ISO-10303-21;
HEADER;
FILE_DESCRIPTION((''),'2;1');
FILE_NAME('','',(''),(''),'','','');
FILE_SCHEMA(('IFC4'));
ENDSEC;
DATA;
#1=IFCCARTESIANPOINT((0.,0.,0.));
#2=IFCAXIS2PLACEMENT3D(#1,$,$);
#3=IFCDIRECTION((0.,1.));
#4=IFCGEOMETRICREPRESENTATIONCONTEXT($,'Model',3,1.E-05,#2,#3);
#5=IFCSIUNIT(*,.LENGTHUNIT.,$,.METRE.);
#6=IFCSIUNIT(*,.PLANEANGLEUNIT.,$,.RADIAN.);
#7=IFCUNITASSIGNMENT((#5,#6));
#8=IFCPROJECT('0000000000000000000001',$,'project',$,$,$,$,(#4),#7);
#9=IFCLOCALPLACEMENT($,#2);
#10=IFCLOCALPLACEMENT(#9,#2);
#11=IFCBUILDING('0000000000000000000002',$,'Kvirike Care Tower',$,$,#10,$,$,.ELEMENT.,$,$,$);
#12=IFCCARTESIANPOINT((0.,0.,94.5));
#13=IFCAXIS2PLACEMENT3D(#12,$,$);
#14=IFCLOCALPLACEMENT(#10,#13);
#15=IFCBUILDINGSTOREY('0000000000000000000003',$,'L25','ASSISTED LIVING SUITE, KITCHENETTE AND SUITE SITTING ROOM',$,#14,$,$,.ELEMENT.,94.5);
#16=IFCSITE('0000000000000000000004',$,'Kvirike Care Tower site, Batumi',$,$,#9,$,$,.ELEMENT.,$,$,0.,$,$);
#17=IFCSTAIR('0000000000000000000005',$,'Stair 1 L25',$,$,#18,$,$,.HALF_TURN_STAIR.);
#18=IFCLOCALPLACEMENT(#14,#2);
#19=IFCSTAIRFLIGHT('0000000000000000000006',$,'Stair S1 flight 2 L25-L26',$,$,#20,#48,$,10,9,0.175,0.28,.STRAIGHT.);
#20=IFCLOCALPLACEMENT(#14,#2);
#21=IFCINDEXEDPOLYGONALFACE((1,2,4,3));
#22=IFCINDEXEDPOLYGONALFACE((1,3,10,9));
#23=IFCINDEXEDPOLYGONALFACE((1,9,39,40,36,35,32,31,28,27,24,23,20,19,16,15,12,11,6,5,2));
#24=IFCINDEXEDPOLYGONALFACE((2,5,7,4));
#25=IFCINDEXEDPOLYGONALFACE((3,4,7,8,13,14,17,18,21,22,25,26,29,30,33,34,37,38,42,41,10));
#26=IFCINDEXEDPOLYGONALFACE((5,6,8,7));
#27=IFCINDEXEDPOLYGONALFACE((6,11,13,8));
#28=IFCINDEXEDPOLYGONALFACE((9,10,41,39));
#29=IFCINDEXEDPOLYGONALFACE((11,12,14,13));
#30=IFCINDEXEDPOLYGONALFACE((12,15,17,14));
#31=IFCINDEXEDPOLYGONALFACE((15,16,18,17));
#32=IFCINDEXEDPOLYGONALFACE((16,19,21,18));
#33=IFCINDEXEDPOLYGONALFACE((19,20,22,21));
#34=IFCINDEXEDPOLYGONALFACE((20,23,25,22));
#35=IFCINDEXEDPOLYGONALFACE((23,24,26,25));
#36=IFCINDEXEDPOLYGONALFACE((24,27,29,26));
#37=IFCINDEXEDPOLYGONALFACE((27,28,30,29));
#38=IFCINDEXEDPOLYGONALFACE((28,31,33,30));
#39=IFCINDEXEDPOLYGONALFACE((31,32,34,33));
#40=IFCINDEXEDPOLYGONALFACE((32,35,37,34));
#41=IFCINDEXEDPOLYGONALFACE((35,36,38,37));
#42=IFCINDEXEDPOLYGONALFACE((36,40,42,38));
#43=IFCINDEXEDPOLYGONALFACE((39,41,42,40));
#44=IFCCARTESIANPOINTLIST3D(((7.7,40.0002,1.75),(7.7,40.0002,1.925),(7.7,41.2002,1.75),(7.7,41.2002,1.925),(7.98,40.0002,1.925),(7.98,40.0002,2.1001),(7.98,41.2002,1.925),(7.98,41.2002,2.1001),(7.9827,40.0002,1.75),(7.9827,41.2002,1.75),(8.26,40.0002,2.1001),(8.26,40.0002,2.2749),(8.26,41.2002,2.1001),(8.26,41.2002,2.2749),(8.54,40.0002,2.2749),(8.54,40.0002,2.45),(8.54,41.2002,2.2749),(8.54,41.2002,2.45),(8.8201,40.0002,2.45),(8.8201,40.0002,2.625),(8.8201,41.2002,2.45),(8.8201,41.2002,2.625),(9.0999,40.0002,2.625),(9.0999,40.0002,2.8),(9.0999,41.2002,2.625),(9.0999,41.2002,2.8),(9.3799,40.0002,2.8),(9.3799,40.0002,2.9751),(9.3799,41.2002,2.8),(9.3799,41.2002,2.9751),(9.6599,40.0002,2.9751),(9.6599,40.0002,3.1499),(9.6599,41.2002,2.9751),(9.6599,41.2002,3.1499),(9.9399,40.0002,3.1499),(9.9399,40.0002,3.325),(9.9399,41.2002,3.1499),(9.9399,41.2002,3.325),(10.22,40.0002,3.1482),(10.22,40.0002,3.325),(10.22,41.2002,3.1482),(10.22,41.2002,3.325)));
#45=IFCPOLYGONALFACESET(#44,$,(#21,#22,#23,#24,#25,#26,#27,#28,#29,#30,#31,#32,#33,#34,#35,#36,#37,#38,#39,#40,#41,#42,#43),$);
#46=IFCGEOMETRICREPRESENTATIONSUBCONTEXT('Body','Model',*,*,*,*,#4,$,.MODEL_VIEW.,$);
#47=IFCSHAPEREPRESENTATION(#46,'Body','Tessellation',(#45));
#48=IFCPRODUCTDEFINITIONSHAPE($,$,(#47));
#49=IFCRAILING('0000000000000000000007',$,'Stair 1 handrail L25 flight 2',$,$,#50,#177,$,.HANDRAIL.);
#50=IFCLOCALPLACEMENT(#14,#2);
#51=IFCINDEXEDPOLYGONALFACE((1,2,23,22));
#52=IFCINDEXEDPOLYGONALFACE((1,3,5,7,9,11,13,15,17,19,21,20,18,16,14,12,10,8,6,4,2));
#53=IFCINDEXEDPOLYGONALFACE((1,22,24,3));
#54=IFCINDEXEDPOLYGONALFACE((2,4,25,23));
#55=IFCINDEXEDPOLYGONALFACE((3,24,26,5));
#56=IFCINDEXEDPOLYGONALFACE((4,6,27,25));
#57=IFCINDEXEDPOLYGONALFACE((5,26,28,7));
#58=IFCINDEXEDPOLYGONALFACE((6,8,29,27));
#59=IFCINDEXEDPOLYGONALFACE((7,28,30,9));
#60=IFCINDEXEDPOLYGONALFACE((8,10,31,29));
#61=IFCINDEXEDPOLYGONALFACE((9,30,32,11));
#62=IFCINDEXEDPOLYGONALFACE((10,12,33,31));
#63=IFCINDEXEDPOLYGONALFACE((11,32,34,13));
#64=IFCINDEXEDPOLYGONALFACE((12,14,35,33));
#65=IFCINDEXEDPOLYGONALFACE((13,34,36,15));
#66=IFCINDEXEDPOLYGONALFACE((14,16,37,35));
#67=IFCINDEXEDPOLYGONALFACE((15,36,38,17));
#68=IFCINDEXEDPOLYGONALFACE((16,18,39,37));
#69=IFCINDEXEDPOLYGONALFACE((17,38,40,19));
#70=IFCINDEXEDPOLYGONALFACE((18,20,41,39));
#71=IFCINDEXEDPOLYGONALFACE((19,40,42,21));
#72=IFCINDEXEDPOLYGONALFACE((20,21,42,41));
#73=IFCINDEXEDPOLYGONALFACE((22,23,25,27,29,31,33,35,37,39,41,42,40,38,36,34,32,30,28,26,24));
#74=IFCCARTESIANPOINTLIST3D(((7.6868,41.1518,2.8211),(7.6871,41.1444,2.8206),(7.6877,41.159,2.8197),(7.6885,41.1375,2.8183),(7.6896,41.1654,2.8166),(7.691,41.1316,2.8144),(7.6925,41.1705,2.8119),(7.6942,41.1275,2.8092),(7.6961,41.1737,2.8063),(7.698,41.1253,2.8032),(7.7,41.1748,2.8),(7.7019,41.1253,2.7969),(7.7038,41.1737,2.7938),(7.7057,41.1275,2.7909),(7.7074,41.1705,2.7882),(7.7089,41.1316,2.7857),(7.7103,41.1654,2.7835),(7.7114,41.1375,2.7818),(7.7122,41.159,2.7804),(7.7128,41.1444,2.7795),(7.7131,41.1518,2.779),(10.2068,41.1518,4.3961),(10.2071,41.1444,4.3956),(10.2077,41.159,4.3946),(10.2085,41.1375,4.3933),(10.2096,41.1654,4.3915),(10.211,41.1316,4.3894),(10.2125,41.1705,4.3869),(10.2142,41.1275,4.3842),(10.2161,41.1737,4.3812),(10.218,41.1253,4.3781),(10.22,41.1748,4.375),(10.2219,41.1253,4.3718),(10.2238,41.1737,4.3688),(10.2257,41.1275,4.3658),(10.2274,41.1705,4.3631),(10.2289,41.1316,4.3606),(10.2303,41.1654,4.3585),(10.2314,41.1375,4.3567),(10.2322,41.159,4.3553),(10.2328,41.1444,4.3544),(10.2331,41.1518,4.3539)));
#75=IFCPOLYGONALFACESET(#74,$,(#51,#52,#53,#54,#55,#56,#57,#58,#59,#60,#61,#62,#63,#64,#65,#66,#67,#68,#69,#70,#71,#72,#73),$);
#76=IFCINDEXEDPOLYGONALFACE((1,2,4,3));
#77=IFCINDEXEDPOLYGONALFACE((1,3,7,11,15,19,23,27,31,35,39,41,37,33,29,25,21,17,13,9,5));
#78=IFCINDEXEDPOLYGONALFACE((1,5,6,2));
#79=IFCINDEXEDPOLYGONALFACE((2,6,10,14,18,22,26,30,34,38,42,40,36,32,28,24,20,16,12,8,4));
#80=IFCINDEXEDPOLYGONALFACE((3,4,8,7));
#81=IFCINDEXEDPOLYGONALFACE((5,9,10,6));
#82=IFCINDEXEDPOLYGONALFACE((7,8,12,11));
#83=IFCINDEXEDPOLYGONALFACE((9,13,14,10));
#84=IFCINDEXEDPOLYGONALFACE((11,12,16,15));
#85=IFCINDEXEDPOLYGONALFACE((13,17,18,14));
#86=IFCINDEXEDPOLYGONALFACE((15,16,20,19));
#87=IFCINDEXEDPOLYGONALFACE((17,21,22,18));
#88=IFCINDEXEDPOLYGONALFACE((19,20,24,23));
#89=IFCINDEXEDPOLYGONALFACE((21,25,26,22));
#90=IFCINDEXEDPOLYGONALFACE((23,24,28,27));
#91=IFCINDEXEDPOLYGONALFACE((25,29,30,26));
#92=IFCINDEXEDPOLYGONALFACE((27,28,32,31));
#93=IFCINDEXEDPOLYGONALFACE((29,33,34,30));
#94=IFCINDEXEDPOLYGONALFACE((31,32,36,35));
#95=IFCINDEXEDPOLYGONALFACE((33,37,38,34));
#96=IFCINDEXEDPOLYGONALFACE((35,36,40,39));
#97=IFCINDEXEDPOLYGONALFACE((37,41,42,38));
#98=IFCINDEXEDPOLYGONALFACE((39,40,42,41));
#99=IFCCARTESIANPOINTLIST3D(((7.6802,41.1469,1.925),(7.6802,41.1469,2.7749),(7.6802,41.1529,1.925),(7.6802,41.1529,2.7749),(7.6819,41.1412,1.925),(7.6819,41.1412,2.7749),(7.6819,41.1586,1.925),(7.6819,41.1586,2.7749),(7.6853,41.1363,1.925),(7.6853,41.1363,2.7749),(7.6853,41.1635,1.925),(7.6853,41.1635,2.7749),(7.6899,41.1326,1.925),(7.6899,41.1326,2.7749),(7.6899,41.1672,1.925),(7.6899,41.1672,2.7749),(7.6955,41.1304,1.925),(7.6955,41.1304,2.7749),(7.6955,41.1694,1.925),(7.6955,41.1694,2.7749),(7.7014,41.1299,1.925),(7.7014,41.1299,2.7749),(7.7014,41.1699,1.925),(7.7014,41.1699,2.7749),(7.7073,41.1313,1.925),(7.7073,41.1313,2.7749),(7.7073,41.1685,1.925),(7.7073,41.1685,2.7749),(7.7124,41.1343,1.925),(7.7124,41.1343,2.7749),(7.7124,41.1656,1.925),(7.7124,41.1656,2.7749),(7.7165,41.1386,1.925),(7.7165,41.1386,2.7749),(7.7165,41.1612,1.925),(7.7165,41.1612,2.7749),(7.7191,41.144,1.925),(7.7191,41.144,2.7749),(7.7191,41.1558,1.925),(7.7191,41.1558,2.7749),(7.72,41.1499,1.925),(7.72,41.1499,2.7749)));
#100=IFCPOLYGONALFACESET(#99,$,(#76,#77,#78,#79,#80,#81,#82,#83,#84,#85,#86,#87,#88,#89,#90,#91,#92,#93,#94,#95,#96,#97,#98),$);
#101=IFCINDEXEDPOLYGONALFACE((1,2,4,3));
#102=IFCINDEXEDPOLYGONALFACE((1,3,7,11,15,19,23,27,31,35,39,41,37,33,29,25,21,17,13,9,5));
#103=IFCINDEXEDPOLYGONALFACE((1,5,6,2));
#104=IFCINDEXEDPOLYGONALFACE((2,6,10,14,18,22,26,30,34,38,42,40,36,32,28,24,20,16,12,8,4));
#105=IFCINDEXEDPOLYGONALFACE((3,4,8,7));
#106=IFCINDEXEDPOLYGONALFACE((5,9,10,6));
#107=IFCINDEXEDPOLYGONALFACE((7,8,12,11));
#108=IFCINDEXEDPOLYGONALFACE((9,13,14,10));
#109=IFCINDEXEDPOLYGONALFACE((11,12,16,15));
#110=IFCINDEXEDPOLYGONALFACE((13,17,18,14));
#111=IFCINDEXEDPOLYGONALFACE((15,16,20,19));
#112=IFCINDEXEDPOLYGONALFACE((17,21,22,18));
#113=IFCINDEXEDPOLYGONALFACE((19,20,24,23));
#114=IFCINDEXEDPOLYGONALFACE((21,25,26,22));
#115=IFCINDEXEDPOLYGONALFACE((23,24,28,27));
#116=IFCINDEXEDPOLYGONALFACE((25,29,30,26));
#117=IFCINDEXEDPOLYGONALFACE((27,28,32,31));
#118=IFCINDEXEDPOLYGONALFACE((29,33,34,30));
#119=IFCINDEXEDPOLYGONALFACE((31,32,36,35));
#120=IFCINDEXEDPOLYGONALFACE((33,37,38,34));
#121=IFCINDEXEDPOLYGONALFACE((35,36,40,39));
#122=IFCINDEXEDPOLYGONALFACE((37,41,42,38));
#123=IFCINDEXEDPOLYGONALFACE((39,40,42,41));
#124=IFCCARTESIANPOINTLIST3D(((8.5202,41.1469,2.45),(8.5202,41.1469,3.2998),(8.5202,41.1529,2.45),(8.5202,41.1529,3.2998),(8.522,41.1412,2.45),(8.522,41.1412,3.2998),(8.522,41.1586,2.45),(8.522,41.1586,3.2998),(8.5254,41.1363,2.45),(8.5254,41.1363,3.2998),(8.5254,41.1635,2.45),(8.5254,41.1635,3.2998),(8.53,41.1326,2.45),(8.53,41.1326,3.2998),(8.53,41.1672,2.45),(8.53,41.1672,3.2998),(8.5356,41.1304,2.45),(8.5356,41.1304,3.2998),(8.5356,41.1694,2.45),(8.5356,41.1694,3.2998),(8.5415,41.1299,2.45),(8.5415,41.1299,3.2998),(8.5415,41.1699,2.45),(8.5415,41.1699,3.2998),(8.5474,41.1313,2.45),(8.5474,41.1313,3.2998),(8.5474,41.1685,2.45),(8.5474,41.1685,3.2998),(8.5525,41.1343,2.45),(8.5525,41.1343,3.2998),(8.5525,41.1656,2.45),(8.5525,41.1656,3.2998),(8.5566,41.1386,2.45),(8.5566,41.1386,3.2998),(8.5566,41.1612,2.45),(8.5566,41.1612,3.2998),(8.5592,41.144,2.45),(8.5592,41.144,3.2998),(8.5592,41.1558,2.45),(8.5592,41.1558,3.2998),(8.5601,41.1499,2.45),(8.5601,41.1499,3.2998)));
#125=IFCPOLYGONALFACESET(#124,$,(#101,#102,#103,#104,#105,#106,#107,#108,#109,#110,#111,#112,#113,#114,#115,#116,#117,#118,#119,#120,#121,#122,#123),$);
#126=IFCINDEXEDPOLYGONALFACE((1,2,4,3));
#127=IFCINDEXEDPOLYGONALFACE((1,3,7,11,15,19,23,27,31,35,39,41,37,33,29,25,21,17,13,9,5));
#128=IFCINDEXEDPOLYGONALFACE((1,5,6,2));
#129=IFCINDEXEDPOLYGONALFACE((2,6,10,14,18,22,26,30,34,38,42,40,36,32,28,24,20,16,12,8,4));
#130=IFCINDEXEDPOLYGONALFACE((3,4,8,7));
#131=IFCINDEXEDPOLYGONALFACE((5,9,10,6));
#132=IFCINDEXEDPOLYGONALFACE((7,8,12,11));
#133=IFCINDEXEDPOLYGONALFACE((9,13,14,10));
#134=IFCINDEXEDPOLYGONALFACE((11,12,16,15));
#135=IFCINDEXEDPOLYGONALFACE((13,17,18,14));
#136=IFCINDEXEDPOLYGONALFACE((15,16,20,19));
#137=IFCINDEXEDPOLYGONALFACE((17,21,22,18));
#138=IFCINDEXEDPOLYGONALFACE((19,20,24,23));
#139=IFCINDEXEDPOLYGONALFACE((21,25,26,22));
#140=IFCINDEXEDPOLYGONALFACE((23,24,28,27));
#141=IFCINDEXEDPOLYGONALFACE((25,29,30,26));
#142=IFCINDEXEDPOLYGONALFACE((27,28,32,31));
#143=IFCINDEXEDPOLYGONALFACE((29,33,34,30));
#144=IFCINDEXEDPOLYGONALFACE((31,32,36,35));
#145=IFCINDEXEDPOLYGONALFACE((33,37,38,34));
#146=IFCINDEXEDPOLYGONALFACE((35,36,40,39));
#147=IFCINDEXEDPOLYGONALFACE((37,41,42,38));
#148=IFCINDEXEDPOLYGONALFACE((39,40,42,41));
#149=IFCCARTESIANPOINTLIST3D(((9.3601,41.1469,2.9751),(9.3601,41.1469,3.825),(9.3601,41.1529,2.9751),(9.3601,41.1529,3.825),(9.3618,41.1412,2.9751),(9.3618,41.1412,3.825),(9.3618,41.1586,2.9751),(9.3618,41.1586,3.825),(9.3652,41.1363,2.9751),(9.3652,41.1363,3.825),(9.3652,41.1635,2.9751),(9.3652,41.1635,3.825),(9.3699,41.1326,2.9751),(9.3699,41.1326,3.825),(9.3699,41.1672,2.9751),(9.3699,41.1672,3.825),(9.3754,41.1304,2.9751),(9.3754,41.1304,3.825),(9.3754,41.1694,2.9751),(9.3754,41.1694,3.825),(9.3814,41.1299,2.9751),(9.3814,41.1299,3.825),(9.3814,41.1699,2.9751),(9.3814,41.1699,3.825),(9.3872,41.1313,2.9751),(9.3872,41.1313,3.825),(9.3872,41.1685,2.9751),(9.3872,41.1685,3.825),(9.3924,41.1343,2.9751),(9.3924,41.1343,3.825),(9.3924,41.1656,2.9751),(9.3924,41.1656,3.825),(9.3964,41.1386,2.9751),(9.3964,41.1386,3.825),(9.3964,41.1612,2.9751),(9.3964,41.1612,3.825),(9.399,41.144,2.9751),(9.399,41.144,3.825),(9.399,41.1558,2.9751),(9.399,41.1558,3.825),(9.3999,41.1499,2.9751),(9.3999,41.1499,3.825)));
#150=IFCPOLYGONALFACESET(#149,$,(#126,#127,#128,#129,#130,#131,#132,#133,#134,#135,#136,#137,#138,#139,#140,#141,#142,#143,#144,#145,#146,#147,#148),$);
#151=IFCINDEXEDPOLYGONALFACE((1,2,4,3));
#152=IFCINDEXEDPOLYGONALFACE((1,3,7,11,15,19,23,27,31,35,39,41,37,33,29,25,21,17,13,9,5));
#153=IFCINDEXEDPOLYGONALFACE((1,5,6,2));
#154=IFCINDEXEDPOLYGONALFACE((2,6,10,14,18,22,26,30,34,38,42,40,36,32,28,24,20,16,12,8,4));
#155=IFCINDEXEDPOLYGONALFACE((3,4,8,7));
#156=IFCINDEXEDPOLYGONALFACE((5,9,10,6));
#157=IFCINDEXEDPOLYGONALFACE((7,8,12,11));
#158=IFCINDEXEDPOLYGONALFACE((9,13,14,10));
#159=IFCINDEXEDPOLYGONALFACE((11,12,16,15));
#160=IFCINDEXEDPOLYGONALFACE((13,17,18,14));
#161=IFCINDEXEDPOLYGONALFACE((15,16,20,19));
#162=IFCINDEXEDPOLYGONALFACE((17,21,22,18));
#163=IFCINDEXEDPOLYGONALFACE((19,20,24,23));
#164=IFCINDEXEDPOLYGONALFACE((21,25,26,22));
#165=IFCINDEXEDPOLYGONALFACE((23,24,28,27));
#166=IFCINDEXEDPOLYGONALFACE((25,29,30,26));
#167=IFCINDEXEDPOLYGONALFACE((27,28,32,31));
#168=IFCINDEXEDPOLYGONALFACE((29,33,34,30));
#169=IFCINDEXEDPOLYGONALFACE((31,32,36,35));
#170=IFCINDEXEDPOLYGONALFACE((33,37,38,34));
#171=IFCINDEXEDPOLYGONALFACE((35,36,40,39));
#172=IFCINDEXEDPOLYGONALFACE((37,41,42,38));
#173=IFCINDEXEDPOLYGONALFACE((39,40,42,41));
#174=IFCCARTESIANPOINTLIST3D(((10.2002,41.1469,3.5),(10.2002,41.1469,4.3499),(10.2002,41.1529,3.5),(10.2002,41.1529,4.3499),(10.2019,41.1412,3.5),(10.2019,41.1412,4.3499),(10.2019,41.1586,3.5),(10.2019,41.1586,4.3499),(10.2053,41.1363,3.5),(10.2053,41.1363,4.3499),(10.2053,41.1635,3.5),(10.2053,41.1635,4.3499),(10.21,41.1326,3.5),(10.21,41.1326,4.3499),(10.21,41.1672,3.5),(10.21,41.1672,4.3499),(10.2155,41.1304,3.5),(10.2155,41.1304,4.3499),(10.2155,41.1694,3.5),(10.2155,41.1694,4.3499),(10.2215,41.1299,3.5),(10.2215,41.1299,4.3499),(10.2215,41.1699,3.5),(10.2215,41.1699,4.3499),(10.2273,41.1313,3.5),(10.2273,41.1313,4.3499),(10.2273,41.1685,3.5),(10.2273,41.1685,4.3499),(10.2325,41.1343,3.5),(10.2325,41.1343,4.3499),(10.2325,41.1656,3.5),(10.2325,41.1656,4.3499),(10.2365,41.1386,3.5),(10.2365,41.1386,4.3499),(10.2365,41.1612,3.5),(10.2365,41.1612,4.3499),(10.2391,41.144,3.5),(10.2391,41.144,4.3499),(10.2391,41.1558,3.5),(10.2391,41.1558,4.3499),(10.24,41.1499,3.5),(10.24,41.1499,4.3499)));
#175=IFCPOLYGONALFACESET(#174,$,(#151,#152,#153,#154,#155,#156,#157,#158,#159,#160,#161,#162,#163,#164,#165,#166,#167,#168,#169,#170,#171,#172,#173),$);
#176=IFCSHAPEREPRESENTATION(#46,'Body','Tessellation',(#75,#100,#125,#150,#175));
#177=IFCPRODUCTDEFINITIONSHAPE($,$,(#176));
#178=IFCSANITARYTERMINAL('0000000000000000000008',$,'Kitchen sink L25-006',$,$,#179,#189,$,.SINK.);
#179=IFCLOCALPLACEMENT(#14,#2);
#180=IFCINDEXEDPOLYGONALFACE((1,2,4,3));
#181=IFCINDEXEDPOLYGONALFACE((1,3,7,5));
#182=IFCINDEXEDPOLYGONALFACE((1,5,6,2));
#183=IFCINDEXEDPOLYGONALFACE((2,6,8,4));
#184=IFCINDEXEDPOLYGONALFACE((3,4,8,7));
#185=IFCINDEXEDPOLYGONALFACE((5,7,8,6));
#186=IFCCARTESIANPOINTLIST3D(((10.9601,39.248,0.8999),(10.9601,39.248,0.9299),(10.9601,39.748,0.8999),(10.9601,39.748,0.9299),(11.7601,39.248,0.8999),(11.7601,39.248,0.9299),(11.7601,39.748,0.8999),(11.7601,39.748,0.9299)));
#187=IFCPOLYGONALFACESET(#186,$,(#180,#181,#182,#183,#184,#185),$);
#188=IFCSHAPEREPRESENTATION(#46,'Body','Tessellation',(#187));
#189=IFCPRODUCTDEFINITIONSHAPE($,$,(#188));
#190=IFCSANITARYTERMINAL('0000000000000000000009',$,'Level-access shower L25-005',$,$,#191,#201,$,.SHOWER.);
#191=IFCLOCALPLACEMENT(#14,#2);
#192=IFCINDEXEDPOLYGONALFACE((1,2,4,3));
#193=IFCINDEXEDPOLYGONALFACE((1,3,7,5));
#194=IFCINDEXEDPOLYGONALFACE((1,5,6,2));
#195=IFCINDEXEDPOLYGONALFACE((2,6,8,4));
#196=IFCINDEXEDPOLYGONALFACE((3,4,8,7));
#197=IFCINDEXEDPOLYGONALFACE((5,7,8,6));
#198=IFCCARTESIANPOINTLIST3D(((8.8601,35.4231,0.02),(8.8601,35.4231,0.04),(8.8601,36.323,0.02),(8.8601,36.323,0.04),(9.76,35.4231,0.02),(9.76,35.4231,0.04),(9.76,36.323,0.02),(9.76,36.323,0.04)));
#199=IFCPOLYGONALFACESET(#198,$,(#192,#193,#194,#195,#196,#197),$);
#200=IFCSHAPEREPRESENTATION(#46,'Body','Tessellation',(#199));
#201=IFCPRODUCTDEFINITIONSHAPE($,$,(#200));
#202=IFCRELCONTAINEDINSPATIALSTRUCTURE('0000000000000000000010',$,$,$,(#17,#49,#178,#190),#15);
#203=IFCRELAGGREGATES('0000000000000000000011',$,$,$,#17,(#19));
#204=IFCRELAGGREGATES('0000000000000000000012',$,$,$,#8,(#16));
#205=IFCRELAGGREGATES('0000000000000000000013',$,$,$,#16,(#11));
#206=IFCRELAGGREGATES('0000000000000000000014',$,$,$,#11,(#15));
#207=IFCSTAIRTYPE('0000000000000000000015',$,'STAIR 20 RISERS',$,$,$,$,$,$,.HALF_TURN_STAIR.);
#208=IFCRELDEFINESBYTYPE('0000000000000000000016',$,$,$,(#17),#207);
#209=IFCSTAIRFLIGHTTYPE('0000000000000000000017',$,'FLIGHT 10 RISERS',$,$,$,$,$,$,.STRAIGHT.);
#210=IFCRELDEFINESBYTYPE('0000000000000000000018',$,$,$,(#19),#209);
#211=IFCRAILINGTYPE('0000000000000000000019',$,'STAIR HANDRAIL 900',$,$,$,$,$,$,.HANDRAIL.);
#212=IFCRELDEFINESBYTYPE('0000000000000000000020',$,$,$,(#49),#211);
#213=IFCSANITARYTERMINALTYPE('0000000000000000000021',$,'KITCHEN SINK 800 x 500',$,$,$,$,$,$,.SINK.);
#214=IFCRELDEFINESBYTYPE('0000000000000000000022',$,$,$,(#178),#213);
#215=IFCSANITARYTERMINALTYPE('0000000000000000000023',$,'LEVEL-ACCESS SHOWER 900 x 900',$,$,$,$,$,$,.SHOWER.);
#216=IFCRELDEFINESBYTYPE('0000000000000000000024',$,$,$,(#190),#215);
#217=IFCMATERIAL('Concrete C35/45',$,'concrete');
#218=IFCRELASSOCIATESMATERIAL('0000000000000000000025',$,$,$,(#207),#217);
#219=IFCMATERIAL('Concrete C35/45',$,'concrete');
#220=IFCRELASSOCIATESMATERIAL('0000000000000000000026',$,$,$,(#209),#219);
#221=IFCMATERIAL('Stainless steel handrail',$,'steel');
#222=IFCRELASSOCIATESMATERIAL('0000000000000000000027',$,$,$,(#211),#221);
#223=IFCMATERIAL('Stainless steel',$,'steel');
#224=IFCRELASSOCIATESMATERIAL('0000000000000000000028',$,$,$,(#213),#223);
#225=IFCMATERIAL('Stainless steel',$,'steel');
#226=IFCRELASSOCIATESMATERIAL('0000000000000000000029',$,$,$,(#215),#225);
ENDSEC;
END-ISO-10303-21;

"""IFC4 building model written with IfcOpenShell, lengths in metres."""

from ifc_helpers import new_model, si_unit, direction, frame, origin, origin_2d, place, context, subcontext, project, spatial, polyline, rectangle, circle, outline, extrude, material, type_object, element, aggregate, save


model = new_model("IFC4")

# Units and contexts
model_context = context("Model", 3, precision=1e-05, world=origin(), true_north=direction((0.0, 1.0)))
body_context = subcontext(model_context, "Body", "Model", "MODEL_VIEW")
ifc_project = project(units=[si_unit("LENGTHUNIT", "METRE"), si_unit("PLANEANGLEUNIT", "RADIAN")], contexts=[model_context])

# Site, building, storey
site_placement = place(None, origin())
site = spatial("IfcSite", under=ifc_project, at=site_placement, Name="Kvirike Care Tower site, Batumi", CompositionType="ELEMENT", RefElevation=0.0)
building_placement = place(site_placement, origin())
building = spatial("IfcBuilding", under=site, at=building_placement, Name="Kvirike Care Tower", CompositionType="ELEMENT")
storey_placement = place(building_placement, frame((0.0, 0.0, 94.5)))
storey = spatial("IfcBuildingStorey", under=building, at=storey_placement, Name="L25", Description="ASSISTED LIVING SUITE, KITCHENETTE AND SUITE SITTING ROOM", CompositionType="ELEMENT", Elevation=94.5)

# Stair, stair flight
ifc_material_1 = material(Name="Concrete C35/45", Category="concrete")
stair_type = type_object("IfcStairType", Name="STAIR 20 RISERS", PredefinedType="HALF_TURN_STAIR", material=ifc_material_1)
stair_placement = place(storey_placement, origin())
stair = element("IfcStair", 1, at=stair_placement, inside=storey, type_object=stair_type, Name="Stair 1 L25", PredefinedType="HALF_TURN_STAIR")
ifc_material_2 = material(Name="Concrete C35/45", Category="concrete")
stair_flight_type = type_object("IfcStairFlightType", Name="FLIGHT 10 RISERS", PredefinedType="STRAIGHT", material=ifc_material_2)
stair_flight_placement = place(storey_placement, frame((7.7, 40.6001, 1.75), z_axis=(0.0, 0.0, 1.0), x_axis=(1.0, 0.0, 0.0)))
stair_flight = element("IfcStairFlight", 2, at=stair_flight_placement, type_object=stair_flight_type, Name="Stair S1 flight 2 L25-L26", NumberOfRisers=10, NumberOfTreads=9, PredefinedType="STRAIGHT", RiserHeight=0.175, TreadLength=0.28, context=body_context, shape_type="SweptSolid", body=[
    extrude(outline(polyline([(0.0, 0.0), (0.0, 0.175), (0.28, 0.175), (0.28, 0.3501), (0.5601, 0.3501), (0.5601, 0.5249), (0.8401, 0.5249), (0.8401, 0.7), (1.1201, 0.7), (1.1201, 0.875), (1.3999, 0.875), (1.3999, 1.05), (1.6799, 1.05), (1.6799, 1.2251), (1.96, 1.2251), (1.96, 1.3999), (2.24, 1.3999), (2.24, 1.575), (2.52, 1.575), (2.52, 1.75), (2.52, 1.3982), (0.2827, 0.0), (0.0, 0.0)])), frame((0.0, 0.6001, 0.0), z_axis=(0.0, -1.0, 0.0), x_axis=(1.0, 0.0, 0.0)), (0.0, 0.0, 1.0), 1.2),
])
aggregate(stair, [stair_flight])

# Railing
ifc_material_3 = material(Name="Stainless steel handrail", Category="steel")
railing_type = type_object("IfcRailingType", Name="STAIR HANDRAIL 900", PredefinedType="HANDRAIL", material=ifc_material_3)
railing_placement = place(storey_placement, frame((7.7, 41.1499, 1.925)))
element("IfcRailing", 3, at=railing_placement, inside=storey, type_object=railing_type, Name="Stair 1 handrail L25 flight 2", PredefinedType="HANDRAIL", context=body_context, shape_type="SweptSolid", body=[
    extrude(circle(Radius=0.0249, at=origin_2d()), frame((0.0, 0.0, 0.875), z_axis=(0.848008, 0.0, 0.529984), x_axis=(0.0, 1.0, 0.0)), (0.0, 0.0, 1.0), 2.9717),
    extrude(circle(Radius=0.02, at=origin_2d()), origin(), (0.0, 0.0, 1.0), 0.8499),
    extrude(circle(Radius=0.02, at=origin_2d()), frame((0.8401, 0.0, 0.5249)), (0.0, 0.0, 1.0), 0.8499),
    extrude(circle(Radius=0.02, at=origin_2d()), frame((1.6799, 0.0, 1.05)), (0.0, 0.0, 1.0), 0.8499),
    extrude(circle(Radius=0.02, at=origin_2d()), frame((2.52, 0.0, 1.575)), (0.0, 0.0, 1.0), 0.8499),
])

# Sanitary terminals
ifc_material_4 = material(Name="Stainless steel", Category="steel")
sanitary_terminal_type_1 = type_object("IfcSanitaryTerminalType", Name="KITCHEN SINK 800 x 500", PredefinedType="SINK", material=ifc_material_4)
sanitary_terminal_1_placement = place(storey_placement, frame((11.3601, 39.498, 0.8999), z_axis=(0.0, 0.0, 1.0), x_axis=(1.0, 0.0, 0.0)))
element("IfcSanitaryTerminal", 4, at=sanitary_terminal_1_placement, inside=storey, type_object=sanitary_terminal_type_1, Name="Kitchen sink L25-006", PredefinedType="SINK", context=body_context, shape_type="SweptSolid", body=[
    extrude(rectangle(XDim=0.8, YDim=0.5, at=origin_2d()), origin(), (0.0, 0.0, 1.0), 0.03),
])
ifc_material_5 = material(Name="Stainless steel", Category="steel")
sanitary_terminal_type_2 = type_object("IfcSanitaryTerminalType", Name="LEVEL-ACCESS SHOWER 900 x 900", PredefinedType="SHOWER", material=ifc_material_5)
sanitary_terminal_2_placement = place(storey_placement, frame((9.3101, 35.873, 0.02), z_axis=(0.0, 0.0, 1.0), x_axis=(1.0, 0.0, 0.0)))
element("IfcSanitaryTerminal", 5, at=sanitary_terminal_2_placement, inside=storey, type_object=sanitary_terminal_type_2, Name="Level-access shower L25-005", PredefinedType="SHOWER", context=body_context, shape_type="SweptSolid", body=[
    extrude(rectangle(XDim=0.8999, YDim=0.8999, at=origin_2d()), origin(), (0.0, 0.0, 1.0), 0.02),
])

save(model, "model.ifc")
